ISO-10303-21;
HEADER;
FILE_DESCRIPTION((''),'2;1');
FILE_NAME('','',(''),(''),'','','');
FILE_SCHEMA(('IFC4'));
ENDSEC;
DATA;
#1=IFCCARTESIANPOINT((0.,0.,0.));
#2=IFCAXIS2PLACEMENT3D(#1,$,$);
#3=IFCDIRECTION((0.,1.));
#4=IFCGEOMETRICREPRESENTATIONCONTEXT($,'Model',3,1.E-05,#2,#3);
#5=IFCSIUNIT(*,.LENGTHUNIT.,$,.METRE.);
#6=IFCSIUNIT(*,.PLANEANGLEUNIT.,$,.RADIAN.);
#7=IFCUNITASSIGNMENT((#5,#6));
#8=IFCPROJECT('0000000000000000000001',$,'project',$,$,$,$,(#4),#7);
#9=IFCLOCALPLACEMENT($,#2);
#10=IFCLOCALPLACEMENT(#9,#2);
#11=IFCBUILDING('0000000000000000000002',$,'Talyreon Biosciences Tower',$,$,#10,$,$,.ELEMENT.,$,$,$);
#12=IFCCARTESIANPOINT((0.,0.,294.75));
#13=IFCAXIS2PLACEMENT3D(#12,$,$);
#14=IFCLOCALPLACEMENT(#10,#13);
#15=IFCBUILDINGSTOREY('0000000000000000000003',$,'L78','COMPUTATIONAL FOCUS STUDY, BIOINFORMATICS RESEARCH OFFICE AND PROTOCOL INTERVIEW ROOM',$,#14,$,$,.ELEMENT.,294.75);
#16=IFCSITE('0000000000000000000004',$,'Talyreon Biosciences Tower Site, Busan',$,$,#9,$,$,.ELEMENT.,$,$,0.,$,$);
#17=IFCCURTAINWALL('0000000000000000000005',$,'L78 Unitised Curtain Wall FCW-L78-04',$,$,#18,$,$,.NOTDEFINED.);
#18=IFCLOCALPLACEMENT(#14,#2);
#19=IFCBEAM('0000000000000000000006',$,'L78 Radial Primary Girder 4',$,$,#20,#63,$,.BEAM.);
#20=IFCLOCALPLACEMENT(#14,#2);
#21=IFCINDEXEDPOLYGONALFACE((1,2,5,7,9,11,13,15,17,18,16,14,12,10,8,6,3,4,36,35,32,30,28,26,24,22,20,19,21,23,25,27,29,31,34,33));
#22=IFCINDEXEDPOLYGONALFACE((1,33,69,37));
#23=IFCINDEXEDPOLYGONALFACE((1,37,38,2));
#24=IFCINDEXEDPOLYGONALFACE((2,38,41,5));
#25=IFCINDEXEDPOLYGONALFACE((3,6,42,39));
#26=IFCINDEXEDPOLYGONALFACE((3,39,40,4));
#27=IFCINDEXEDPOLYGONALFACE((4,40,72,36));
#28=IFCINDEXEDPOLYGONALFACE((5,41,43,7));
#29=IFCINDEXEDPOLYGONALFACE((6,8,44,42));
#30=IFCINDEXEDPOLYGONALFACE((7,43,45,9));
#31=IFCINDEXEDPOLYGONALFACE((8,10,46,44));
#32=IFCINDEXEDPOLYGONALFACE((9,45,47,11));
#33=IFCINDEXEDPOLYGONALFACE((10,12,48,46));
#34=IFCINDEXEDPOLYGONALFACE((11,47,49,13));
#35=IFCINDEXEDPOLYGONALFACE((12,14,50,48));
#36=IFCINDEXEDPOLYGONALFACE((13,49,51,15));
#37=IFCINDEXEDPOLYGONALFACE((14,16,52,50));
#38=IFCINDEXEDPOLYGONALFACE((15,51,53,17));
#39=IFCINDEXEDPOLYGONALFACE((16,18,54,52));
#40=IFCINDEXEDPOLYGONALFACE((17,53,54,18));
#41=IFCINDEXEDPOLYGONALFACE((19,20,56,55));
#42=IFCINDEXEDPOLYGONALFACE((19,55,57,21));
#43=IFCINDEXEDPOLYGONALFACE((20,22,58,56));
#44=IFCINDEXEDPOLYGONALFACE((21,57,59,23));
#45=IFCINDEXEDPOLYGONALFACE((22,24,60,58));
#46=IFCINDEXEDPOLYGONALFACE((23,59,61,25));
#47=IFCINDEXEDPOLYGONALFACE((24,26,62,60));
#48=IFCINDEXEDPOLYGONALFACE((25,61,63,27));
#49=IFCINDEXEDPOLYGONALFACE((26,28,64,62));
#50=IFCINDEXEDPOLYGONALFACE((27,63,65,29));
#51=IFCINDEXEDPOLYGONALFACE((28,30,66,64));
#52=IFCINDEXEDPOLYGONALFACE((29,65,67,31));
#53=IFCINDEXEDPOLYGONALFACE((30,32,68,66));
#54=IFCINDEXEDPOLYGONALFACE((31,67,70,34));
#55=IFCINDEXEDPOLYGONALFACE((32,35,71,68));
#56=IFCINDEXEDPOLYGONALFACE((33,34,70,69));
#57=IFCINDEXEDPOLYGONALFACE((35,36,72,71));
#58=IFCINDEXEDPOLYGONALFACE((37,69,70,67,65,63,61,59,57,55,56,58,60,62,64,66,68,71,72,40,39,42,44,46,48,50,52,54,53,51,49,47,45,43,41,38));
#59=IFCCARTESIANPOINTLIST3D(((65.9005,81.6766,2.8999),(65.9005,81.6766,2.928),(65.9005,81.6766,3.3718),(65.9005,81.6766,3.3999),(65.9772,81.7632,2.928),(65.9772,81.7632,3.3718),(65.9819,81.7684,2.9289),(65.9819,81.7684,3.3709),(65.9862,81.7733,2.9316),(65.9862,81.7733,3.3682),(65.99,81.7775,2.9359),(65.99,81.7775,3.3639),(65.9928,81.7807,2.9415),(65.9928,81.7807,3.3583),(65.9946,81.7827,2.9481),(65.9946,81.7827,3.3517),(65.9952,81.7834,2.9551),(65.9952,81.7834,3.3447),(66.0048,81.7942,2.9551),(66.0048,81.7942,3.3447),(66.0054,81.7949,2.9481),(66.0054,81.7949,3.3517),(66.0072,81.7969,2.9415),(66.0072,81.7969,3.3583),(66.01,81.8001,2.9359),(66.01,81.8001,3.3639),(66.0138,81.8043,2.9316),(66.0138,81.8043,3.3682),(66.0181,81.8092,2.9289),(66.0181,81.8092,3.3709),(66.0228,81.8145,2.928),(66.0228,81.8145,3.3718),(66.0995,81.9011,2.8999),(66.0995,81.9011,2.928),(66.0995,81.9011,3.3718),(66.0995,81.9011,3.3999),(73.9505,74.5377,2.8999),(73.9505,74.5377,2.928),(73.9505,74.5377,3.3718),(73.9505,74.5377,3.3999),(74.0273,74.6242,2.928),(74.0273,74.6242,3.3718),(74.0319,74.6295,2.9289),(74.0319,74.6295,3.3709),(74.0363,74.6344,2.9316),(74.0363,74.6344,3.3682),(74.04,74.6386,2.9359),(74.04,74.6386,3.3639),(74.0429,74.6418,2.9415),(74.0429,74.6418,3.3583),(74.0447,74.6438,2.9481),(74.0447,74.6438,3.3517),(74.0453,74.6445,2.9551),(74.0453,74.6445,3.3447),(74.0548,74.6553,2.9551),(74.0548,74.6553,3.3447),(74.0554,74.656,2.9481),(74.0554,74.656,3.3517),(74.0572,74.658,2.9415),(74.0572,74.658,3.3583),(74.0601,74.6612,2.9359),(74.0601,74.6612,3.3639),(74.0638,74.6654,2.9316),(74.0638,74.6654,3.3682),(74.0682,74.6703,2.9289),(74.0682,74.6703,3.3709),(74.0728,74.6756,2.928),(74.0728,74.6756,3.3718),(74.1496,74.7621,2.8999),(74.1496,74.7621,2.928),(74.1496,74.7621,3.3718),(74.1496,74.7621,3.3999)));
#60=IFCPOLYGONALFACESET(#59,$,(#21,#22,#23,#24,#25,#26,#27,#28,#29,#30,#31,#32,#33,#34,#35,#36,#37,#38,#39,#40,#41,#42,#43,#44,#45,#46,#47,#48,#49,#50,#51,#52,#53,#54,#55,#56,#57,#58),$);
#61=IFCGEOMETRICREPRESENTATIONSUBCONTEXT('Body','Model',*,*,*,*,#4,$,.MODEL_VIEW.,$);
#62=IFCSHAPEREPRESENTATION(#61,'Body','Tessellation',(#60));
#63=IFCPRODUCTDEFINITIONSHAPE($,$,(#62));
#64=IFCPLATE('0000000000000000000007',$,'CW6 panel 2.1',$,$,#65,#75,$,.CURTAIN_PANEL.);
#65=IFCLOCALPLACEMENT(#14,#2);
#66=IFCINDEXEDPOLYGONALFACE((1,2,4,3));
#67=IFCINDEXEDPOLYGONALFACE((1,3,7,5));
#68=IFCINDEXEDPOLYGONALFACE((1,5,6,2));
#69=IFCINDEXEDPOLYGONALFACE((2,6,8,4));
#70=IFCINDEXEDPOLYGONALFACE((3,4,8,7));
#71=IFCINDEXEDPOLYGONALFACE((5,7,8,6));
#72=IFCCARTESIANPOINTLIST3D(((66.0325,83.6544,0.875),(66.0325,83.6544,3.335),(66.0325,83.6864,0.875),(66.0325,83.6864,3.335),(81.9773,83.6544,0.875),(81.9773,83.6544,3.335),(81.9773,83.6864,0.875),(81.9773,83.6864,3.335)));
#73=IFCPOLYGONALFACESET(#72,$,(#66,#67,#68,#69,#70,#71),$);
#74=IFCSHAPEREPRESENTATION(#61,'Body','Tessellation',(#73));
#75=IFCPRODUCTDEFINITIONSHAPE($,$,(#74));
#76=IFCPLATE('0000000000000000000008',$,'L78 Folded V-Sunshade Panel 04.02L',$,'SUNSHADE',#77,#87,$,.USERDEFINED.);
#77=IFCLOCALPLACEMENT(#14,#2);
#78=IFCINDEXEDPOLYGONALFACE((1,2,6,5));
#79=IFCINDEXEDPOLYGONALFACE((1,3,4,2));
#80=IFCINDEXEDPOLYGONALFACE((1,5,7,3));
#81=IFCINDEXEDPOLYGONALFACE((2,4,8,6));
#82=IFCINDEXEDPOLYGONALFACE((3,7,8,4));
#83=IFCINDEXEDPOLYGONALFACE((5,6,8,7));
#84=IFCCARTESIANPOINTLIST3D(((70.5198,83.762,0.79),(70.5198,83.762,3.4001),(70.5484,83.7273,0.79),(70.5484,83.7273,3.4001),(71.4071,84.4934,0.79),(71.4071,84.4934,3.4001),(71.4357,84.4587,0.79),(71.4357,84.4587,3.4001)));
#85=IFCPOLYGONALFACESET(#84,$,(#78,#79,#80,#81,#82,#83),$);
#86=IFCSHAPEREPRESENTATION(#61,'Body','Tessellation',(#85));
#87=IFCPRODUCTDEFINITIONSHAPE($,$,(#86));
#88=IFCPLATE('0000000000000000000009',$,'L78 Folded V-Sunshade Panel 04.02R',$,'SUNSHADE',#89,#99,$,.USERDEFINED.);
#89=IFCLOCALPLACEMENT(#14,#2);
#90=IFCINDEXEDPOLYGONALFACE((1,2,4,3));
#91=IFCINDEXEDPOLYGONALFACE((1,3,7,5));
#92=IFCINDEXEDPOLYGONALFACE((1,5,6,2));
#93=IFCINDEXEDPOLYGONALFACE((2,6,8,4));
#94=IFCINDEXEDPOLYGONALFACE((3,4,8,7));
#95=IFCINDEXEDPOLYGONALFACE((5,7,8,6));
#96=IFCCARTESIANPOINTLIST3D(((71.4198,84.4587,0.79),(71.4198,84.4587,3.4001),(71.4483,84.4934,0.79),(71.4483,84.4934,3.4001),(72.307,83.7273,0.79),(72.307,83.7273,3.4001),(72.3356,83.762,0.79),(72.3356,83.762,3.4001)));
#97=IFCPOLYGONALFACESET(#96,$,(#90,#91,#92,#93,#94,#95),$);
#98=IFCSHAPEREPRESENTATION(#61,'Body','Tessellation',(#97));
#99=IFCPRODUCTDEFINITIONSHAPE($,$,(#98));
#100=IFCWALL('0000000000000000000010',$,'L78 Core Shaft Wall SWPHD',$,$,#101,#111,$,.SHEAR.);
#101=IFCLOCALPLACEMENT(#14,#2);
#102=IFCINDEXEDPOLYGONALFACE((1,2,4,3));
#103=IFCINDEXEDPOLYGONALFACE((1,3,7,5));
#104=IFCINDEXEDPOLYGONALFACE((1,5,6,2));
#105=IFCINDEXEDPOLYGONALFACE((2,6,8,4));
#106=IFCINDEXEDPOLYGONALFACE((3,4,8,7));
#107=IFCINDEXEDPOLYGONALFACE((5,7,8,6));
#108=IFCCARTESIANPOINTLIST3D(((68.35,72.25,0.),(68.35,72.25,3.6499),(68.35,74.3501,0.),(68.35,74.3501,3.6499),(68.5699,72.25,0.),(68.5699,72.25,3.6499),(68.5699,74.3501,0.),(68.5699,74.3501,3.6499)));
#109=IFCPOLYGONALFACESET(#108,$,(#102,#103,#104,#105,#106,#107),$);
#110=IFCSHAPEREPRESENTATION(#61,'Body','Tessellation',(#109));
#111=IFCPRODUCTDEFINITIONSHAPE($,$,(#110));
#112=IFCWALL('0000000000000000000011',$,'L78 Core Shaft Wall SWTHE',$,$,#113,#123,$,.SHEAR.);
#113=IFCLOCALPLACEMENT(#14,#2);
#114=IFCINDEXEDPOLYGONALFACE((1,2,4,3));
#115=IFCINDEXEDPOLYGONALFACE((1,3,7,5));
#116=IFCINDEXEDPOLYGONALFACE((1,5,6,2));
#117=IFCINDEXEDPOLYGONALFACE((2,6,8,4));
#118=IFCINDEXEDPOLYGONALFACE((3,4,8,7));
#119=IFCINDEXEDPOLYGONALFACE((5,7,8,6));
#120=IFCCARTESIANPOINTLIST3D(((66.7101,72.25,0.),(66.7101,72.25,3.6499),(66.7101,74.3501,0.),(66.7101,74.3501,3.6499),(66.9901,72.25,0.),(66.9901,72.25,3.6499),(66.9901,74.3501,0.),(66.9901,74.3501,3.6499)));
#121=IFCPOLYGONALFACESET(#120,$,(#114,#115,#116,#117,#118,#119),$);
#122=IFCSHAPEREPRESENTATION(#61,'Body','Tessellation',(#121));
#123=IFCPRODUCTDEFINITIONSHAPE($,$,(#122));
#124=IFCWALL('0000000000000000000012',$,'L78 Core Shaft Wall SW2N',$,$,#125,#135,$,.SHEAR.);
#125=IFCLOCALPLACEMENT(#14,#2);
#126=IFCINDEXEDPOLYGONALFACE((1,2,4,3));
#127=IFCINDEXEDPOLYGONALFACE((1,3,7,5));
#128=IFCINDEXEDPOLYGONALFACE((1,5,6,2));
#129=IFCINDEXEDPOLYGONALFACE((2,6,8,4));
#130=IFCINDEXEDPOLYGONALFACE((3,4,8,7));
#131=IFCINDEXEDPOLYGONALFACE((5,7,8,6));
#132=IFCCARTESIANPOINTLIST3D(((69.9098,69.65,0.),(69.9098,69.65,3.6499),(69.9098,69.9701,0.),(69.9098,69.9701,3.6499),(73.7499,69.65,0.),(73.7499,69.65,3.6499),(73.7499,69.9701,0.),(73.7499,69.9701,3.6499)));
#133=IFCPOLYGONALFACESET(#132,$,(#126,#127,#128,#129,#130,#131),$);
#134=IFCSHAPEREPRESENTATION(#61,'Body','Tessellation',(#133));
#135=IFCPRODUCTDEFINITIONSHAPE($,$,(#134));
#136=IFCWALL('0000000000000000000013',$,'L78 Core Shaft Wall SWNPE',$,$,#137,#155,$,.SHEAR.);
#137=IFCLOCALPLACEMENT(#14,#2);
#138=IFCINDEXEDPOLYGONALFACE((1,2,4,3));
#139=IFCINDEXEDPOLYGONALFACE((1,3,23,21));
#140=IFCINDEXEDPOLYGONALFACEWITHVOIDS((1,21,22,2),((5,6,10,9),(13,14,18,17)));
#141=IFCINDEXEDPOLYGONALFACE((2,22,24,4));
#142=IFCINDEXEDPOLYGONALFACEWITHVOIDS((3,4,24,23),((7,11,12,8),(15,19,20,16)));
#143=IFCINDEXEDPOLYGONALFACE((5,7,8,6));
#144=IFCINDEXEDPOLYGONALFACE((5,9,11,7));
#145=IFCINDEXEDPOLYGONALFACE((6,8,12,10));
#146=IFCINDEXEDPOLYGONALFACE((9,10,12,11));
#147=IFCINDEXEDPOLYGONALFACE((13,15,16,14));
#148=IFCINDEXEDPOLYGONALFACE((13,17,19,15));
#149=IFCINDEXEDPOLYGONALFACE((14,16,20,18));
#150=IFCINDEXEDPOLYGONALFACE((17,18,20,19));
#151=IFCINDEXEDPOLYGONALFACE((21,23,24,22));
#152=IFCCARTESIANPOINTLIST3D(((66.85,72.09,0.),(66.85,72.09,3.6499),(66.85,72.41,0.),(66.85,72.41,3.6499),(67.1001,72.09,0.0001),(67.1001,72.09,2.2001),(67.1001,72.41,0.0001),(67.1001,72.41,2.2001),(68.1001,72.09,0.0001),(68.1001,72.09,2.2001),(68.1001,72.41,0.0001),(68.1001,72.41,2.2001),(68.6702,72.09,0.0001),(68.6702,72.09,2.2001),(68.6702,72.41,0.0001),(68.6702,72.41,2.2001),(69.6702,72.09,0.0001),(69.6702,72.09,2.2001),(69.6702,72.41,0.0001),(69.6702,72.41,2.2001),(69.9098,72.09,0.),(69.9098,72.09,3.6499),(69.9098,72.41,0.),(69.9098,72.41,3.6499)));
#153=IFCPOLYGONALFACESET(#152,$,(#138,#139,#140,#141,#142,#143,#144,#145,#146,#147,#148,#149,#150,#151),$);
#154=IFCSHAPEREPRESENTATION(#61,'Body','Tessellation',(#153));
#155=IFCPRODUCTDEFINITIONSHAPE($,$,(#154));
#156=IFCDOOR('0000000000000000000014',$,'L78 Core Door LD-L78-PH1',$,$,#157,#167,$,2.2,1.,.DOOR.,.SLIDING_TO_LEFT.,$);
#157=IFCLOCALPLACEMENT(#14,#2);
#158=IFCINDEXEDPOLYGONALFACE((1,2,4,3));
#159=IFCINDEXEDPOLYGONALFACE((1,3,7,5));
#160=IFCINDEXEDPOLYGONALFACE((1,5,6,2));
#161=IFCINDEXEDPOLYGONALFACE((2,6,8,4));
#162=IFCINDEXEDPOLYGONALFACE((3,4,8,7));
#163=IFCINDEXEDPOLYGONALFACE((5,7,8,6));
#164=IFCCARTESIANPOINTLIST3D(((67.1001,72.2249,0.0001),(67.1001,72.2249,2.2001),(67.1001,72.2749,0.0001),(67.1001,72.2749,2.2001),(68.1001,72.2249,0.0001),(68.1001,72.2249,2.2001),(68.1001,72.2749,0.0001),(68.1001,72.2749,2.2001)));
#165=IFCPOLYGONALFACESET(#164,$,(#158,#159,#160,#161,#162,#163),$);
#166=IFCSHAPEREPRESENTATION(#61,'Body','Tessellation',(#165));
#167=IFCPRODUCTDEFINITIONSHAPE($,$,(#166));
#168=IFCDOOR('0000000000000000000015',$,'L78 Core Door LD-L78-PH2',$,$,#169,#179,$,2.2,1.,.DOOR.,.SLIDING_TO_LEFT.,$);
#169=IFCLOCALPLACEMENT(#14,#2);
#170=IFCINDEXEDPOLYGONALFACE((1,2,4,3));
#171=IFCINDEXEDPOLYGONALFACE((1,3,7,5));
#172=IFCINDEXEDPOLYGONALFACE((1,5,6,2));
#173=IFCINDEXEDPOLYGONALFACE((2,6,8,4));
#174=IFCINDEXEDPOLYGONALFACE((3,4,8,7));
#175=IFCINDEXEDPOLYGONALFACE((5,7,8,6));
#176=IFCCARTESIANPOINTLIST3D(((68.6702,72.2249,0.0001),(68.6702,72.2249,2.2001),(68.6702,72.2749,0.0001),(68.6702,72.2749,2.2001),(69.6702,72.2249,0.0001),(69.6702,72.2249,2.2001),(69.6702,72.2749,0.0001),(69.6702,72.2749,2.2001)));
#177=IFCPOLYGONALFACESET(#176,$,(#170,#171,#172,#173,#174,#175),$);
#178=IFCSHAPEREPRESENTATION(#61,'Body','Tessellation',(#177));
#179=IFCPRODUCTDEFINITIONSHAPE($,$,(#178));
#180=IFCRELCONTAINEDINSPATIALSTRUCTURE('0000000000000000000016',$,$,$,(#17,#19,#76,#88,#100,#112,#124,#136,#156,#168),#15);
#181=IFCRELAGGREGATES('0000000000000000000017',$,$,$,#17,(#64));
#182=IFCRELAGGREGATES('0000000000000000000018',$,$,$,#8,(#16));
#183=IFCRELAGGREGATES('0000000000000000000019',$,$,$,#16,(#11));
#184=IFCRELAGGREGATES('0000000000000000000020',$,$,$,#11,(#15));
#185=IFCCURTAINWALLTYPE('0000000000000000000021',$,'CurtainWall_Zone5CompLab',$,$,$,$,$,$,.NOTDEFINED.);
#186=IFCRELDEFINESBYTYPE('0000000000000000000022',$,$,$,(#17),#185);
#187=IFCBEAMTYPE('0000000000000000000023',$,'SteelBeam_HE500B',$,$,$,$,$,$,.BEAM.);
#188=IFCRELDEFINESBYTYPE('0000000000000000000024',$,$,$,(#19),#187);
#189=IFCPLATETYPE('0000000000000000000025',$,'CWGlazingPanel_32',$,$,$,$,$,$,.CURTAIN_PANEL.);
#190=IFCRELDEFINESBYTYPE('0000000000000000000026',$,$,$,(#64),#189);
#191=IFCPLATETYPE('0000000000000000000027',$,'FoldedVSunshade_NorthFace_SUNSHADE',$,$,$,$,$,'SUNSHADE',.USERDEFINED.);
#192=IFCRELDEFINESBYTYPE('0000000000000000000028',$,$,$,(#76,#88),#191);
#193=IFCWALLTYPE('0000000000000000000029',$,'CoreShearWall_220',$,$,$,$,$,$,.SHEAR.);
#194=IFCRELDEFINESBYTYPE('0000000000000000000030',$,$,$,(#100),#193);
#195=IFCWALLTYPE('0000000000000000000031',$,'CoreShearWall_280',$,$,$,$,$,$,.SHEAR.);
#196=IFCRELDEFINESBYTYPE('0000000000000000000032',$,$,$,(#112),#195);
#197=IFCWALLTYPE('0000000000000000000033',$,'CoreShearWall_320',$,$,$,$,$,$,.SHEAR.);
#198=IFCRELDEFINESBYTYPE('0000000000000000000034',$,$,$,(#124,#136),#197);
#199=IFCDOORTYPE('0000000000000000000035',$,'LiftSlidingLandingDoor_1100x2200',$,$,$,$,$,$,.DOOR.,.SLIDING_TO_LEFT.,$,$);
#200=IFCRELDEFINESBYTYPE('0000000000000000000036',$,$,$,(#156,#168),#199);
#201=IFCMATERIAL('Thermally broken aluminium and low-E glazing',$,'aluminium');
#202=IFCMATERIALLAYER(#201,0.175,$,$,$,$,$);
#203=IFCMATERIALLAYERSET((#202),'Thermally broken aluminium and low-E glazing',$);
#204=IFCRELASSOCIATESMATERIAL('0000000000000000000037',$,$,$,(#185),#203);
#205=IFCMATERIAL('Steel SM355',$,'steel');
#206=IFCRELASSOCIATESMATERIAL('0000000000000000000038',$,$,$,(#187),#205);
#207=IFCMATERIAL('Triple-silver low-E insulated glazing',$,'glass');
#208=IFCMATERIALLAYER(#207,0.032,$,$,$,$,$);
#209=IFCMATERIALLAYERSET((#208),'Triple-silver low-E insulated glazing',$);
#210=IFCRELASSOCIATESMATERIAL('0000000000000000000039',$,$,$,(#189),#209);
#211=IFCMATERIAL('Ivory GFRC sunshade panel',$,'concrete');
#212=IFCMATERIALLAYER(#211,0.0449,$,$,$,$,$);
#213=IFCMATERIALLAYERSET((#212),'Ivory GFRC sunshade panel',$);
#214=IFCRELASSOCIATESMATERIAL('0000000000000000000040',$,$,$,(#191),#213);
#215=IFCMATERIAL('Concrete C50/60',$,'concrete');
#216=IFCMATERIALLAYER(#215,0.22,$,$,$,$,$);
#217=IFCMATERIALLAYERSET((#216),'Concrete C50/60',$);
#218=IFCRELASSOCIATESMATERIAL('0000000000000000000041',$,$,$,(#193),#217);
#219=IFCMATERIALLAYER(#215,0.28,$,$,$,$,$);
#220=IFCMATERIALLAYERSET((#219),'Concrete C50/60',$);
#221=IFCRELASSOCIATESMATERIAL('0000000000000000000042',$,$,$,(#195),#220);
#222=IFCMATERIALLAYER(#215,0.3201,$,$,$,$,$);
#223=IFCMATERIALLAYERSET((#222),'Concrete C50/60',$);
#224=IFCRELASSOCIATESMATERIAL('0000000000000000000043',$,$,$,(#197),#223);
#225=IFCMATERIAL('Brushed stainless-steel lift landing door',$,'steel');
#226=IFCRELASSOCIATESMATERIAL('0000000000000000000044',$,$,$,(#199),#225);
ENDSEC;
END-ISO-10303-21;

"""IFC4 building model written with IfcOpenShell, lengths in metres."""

from ifc_helpers import new_model, si_unit, direction, frame, frame_2d, origin, origin_2d, place, context, subcontext, project, spatial, rectangle, i_section, extrude, material, layer, layer_set, material_profile, profile_set, type_object, element, fill, aggregate, save


model = new_model("IFC4")

# Units and contexts
model_context = context("Model", 3, precision=1e-05, world=origin(), true_north=direction((0.0, 1.0)))
body_context = subcontext(model_context, "Body", "Model", "MODEL_VIEW")
ifc_project = project(units=[si_unit("LENGTHUNIT", "METRE"), si_unit("PLANEANGLEUNIT", "RADIAN")], contexts=[model_context])

# Site, building, storey
site_placement = place(None, origin())
site = spatial("IfcSite", under=ifc_project, at=site_placement, Name="Talyreon Biosciences Tower Site, Busan", CompositionType="ELEMENT", RefElevation=0.0)
building_placement = place(site_placement, origin())
building = spatial("IfcBuilding", under=site, at=building_placement, Name="Talyreon Biosciences Tower", CompositionType="ELEMENT")
storey_placement = place(building_placement, frame((0.0, 0.0, 294.75)))
storey = spatial("IfcBuildingStorey", under=building, at=storey_placement, Name="L78", Description="COMPUTATIONAL FOCUS STUDY, BIOINFORMATICS RESEARCH OFFICE AND PROTOCOL INTERVIEW ROOM", CompositionType="ELEMENT", Elevation=294.75)

# Shared definitions
ifc_material_1 = material(Name="Concrete C50/60", Category="concrete")

# Curtain wall
ifc_material_2 = material(Name="Thermally broken aluminium and low-E glazing", Category="aluminium")
ifc_layer_1 = layer(ifc_material_2, 0.175)
ifc_layer_set_1 = layer_set([ifc_layer_1], Name="Thermally broken aluminium and low-E glazing")
curtain_wall_type = type_object("IfcCurtainWallType", Name="CurtainWall_Zone5CompLab", PredefinedType="NOTDEFINED", material=ifc_layer_set_1)
curtain_wall_placement = place(storey_placement, origin())
curtain_wall = element("IfcCurtainWall", 1, at=curtain_wall_placement, inside=storey, type_object=curtain_wall_type, Name="L78 Unitised Curtain Wall FCW-L78-04", PredefinedType="NOTDEFINED")

# Beam
ifc_material_3 = material(Name="Steel SM355", Category="steel")
ifc_material_profile_1 = material_profile(ifc_material_3, i_section(OverallWidth=0.3, OverallDepth=0.5, WebThickness=0.0144, FlangeThickness=0.0281, FilletRadius=0.0271, at=origin_2d()), Name="HE500B")
ifc_profile_set_1 = profile_set([ifc_material_profile_1], Name="Steel SM355")
beam_type_1 = type_object("IfcBeamType", Name="SteelBeam_HE500B", PredefinedType="BEAM", material=ifc_profile_set_1)
beam_1_placement = place(storey_placement, frame((74.05, 74.6499, 3.1499), z_axis=(-0.748179, 0.663497, 0.0), x_axis=(-0.663497, -0.748179, 0.0)))
element("IfcBeam", 2, at=beam_1_placement, inside=storey, type_object=beam_type_1, Name="L78 Radial Primary Girder 4", PredefinedType="BEAM", context=body_context, shape_type="SweptSolid", body=[
    extrude(i_section(OverallWidth=0.3, OverallDepth=0.5, WebThickness=0.0144, FlangeThickness=0.0281, FilletRadius=0.0271, at=origin_2d()), origin(), (0.0, 0.0, 1.0), 10.7595),
])

# Plate
ifc_material_4 = material(Name="Triple-silver low-E insulated glazing", Category="glass")
ifc_layer_2 = layer(ifc_material_4, 0.032)
ifc_layer_set_2 = layer_set([ifc_layer_2], Name="Triple-silver low-E insulated glazing")
plate_type_1 = type_object("IfcPlateType", Name="CWGlazingPanel_32", PredefinedType="CURTAIN_PANEL", material=ifc_layer_set_2)
plate_placement = place(storey_placement, frame((74.0049, 83.6704, 0.875), z_axis=(0.0, 0.0, 1.0), x_axis=(1.0, 0.0, 0.0)))
plate = element("IfcPlate", 3, at=plate_placement, type_object=plate_type_1, Name="CW6 panel 2.1", PredefinedType="CURTAIN_PANEL", context=body_context, shape_type="SweptSolid", body=[
    extrude(rectangle(XDim=15.9448, YDim=0.032, at=origin_2d()), origin(), (0.0, 0.0, 1.0), 2.46),
])
aggregate(curtain_wall, [plate])

# Plates
ifc_material_5 = material(Name="Ivory GFRC sunshade panel", Category="concrete")
ifc_layer_3 = layer(ifc_material_5, 0.0449)
ifc_layer_set_3 = layer_set([ifc_layer_3], Name="Ivory GFRC sunshade panel")
plate_type_2 = type_object("IfcPlateType", Name="FoldedVSunshade_NorthFace_SUNSHADE", ElementType="SUNSHADE", PredefinedType="USERDEFINED", material=ifc_layer_set_3)
for number, where, z_axis, x_axis, name in (
    (4, (70.9778, 84.1104, 0.79), (0.0, 0.0, 1.0), (0.771625, 0.636078, 0.0), "L78 Folded V-Sunshade Panel 04.02L"),
    (5, (71.8777, 84.1104, 0.79), (0.0, 0.0, 1.0), (0.771625, -0.636078, 0.0), "L78 Folded V-Sunshade Panel 04.02R"),
):
    element("IfcPlate", number, at=place(storey_placement, frame(where, z_axis=z_axis, x_axis=x_axis)), inside=storey, type_object=plate_type_2, Name=name, ObjectType="SUNSHADE", PredefinedType="USERDEFINED", context=body_context, shape_type="SweptSolid", body=[
        extrude(rectangle(XDim=1.1499, YDim=0.0449, at=origin_2d()), origin(), (0.0, 0.0, 1.0), 2.6101),
    ])

# Walls
ifc_layer_4 = layer(ifc_material_1, 0.22)
ifc_layer_set_4 = layer_set([ifc_layer_4], Name="Concrete C50/60")
wall_type_1 = type_object("IfcWallType", Name="CoreShearWall_220", PredefinedType="SHEAR", material=ifc_layer_set_4)
wall_1_placement = place(storey_placement, frame((68.46, 72.25, 0.0), z_axis=(0.0, 0.0, 1.0), x_axis=(0.0, 1.0, 0.0)))
element("IfcWall", 6, at=wall_1_placement, inside=storey, type_object=wall_type_1, Name="L78 Core Shaft Wall SWPHD", PredefinedType="SHEAR", context=body_context, shape_type="SweptSolid", body=[
    extrude(rectangle(XDim=2.1001, YDim=0.22, at=frame_2d((1.05, 0.0))), origin(), (0.0, 0.0, 1.0), 3.6499),
])
ifc_layer_5 = layer(ifc_material_1, 0.28)
ifc_layer_set_5 = layer_set([ifc_layer_5], Name="Concrete C50/60")
wall_type_2 = type_object("IfcWallType", Name="CoreShearWall_280", PredefinedType="SHEAR", material=ifc_layer_set_5)
wall_2_placement = place(storey_placement, frame((66.8501, 72.25, 0.0), z_axis=(0.0, 0.0, 1.0), x_axis=(0.0, 1.0, 0.0)))
element("IfcWall", 7, at=wall_2_placement, inside=storey, type_object=wall_type_2, Name="L78 Core Shaft Wall SWTHE", PredefinedType="SHEAR", context=body_context, shape_type="SweptSolid", body=[
    extrude(rectangle(XDim=2.1001, YDim=0.28, at=frame_2d((1.05, 0.0))), origin(), (0.0, 0.0, 1.0), 3.6499),
])
ifc_layer_6 = layer(ifc_material_1, 0.3201)
ifc_layer_set_6 = layer_set([ifc_layer_6], Name="Concrete C50/60")
wall_type_3 = type_object("IfcWallType", Name="CoreShearWall_320", PredefinedType="SHEAR", material=ifc_layer_set_6)
wall_3_placement = place(storey_placement, frame((69.9099, 69.8101, 0.0), z_axis=(0.0, 0.0, 1.0), x_axis=(1.0, 0.0, 0.0)))
element("IfcWall", 8, at=wall_3_placement, inside=storey, type_object=wall_type_3, Name="L78 Core Shaft Wall SW2N", PredefinedType="SHEAR", context=body_context, shape_type="SweptSolid", body=[
    extrude(rectangle(XDim=3.8401, YDim=0.3201, at=frame_2d((1.9199, 0.0))), origin(), (0.0, 0.0, 1.0), 3.6499),
])

# Wall, openings, doors
wall_4_placement = place(storey_placement, frame((66.8501, 72.25, 0.0), z_axis=(0.0, 0.0, 1.0), x_axis=(1.0, 0.0, 0.0)))
wall_4 = element("IfcWall", 9, at=wall_4_placement, inside=storey, type_object=wall_type_3, Name="L78 Core Shaft Wall SWNPE", PredefinedType="SHEAR", context=body_context, shape_type="SweptSolid", body=[
    extrude(rectangle(XDim=3.0598, YDim=0.3201, at=frame_2d((1.5298, 0.0))), origin(), (0.0, 0.0, 1.0), 3.6499),
])
opening_1_placement = place(wall_4_placement, frame((0.25, 0.0, 0.0)))
opening_1 = element("IfcOpeningElement", 10, at=opening_1_placement, cuts=wall_4, PredefinedType="OPENING", context=body_context, shape_type="SweptSolid", body=[
    extrude(rectangle(XDim=1.0, YDim=2.2, at=frame_2d((0.5, 1.1001))), frame((0.0, 0.1699, 0.0), z_axis=(0.0, -1.0, 0.0), x_axis=(1.0, 0.0, 0.0)), (0.0, 0.0, 1.0), 0.3401),
])
opening_2_placement = place(wall_4_placement, frame((1.8201, 0.0, 0.0)))
opening_2 = element("IfcOpeningElement", 11, at=opening_2_placement, cuts=wall_4, PredefinedType="OPENING", context=body_context, shape_type="SweptSolid", body=[
    extrude(rectangle(XDim=1.0, YDim=2.2, at=frame_2d((0.5, 1.1001))), frame((0.0, 0.1699, 0.0), z_axis=(0.0, -1.0, 0.0), x_axis=(1.0, 0.0, 0.0)), (0.0, 0.0, 1.0), 0.3401),
])
ifc_material_6 = material(Name="Brushed stainless-steel lift landing door", Category="steel")
door_type = type_object("IfcDoorType", Name="LiftSlidingLandingDoor_1100x2200", OperationType="SLIDING_TO_LEFT", PredefinedType="DOOR", material=ifc_material_6)
door_1_placement = place(opening_1_placement, origin())
door_1 = element("IfcDoor", 12, at=door_1_placement, inside=storey, type_object=door_type, Name="L78 Core Door LD-L78-PH1", OperationType="SLIDING_TO_LEFT", OverallHeight=2.2, OverallWidth=1.0, PredefinedType="DOOR", context=body_context, shape_type="SweptSolid", body=[
    extrude(rectangle(XDim=1.0, YDim=2.2, at=frame_2d((0.5, 1.1001))), frame((0.0, 0.0249, 0.0), z_axis=(0.0, -1.0, 0.0), x_axis=(1.0, 0.0, 0.0)), (0.0, 0.0, 1.0), 0.05),
])
fill(opening_1, door_1)
door_2_placement = place(opening_2_placement, origin())
door_2 = element("IfcDoor", 13, at=door_2_placement, inside=storey, type_object=door_type, Name="L78 Core Door LD-L78-PH2", OperationType="SLIDING_TO_LEFT", OverallHeight=2.2, OverallWidth=1.0, PredefinedType="DOOR", context=body_context, shape_type="SweptSolid", body=[
    extrude(rectangle(XDim=1.0, YDim=2.2, at=frame_2d((0.5, 1.1001))), frame((0.0, 0.0249, 0.0), z_axis=(0.0, -1.0, 0.0), x_axis=(1.0, 0.0, 0.0)), (0.0, 0.0, 1.0), 0.05),
])
fill(opening_2, door_2)

save(model, "model.ifc")
